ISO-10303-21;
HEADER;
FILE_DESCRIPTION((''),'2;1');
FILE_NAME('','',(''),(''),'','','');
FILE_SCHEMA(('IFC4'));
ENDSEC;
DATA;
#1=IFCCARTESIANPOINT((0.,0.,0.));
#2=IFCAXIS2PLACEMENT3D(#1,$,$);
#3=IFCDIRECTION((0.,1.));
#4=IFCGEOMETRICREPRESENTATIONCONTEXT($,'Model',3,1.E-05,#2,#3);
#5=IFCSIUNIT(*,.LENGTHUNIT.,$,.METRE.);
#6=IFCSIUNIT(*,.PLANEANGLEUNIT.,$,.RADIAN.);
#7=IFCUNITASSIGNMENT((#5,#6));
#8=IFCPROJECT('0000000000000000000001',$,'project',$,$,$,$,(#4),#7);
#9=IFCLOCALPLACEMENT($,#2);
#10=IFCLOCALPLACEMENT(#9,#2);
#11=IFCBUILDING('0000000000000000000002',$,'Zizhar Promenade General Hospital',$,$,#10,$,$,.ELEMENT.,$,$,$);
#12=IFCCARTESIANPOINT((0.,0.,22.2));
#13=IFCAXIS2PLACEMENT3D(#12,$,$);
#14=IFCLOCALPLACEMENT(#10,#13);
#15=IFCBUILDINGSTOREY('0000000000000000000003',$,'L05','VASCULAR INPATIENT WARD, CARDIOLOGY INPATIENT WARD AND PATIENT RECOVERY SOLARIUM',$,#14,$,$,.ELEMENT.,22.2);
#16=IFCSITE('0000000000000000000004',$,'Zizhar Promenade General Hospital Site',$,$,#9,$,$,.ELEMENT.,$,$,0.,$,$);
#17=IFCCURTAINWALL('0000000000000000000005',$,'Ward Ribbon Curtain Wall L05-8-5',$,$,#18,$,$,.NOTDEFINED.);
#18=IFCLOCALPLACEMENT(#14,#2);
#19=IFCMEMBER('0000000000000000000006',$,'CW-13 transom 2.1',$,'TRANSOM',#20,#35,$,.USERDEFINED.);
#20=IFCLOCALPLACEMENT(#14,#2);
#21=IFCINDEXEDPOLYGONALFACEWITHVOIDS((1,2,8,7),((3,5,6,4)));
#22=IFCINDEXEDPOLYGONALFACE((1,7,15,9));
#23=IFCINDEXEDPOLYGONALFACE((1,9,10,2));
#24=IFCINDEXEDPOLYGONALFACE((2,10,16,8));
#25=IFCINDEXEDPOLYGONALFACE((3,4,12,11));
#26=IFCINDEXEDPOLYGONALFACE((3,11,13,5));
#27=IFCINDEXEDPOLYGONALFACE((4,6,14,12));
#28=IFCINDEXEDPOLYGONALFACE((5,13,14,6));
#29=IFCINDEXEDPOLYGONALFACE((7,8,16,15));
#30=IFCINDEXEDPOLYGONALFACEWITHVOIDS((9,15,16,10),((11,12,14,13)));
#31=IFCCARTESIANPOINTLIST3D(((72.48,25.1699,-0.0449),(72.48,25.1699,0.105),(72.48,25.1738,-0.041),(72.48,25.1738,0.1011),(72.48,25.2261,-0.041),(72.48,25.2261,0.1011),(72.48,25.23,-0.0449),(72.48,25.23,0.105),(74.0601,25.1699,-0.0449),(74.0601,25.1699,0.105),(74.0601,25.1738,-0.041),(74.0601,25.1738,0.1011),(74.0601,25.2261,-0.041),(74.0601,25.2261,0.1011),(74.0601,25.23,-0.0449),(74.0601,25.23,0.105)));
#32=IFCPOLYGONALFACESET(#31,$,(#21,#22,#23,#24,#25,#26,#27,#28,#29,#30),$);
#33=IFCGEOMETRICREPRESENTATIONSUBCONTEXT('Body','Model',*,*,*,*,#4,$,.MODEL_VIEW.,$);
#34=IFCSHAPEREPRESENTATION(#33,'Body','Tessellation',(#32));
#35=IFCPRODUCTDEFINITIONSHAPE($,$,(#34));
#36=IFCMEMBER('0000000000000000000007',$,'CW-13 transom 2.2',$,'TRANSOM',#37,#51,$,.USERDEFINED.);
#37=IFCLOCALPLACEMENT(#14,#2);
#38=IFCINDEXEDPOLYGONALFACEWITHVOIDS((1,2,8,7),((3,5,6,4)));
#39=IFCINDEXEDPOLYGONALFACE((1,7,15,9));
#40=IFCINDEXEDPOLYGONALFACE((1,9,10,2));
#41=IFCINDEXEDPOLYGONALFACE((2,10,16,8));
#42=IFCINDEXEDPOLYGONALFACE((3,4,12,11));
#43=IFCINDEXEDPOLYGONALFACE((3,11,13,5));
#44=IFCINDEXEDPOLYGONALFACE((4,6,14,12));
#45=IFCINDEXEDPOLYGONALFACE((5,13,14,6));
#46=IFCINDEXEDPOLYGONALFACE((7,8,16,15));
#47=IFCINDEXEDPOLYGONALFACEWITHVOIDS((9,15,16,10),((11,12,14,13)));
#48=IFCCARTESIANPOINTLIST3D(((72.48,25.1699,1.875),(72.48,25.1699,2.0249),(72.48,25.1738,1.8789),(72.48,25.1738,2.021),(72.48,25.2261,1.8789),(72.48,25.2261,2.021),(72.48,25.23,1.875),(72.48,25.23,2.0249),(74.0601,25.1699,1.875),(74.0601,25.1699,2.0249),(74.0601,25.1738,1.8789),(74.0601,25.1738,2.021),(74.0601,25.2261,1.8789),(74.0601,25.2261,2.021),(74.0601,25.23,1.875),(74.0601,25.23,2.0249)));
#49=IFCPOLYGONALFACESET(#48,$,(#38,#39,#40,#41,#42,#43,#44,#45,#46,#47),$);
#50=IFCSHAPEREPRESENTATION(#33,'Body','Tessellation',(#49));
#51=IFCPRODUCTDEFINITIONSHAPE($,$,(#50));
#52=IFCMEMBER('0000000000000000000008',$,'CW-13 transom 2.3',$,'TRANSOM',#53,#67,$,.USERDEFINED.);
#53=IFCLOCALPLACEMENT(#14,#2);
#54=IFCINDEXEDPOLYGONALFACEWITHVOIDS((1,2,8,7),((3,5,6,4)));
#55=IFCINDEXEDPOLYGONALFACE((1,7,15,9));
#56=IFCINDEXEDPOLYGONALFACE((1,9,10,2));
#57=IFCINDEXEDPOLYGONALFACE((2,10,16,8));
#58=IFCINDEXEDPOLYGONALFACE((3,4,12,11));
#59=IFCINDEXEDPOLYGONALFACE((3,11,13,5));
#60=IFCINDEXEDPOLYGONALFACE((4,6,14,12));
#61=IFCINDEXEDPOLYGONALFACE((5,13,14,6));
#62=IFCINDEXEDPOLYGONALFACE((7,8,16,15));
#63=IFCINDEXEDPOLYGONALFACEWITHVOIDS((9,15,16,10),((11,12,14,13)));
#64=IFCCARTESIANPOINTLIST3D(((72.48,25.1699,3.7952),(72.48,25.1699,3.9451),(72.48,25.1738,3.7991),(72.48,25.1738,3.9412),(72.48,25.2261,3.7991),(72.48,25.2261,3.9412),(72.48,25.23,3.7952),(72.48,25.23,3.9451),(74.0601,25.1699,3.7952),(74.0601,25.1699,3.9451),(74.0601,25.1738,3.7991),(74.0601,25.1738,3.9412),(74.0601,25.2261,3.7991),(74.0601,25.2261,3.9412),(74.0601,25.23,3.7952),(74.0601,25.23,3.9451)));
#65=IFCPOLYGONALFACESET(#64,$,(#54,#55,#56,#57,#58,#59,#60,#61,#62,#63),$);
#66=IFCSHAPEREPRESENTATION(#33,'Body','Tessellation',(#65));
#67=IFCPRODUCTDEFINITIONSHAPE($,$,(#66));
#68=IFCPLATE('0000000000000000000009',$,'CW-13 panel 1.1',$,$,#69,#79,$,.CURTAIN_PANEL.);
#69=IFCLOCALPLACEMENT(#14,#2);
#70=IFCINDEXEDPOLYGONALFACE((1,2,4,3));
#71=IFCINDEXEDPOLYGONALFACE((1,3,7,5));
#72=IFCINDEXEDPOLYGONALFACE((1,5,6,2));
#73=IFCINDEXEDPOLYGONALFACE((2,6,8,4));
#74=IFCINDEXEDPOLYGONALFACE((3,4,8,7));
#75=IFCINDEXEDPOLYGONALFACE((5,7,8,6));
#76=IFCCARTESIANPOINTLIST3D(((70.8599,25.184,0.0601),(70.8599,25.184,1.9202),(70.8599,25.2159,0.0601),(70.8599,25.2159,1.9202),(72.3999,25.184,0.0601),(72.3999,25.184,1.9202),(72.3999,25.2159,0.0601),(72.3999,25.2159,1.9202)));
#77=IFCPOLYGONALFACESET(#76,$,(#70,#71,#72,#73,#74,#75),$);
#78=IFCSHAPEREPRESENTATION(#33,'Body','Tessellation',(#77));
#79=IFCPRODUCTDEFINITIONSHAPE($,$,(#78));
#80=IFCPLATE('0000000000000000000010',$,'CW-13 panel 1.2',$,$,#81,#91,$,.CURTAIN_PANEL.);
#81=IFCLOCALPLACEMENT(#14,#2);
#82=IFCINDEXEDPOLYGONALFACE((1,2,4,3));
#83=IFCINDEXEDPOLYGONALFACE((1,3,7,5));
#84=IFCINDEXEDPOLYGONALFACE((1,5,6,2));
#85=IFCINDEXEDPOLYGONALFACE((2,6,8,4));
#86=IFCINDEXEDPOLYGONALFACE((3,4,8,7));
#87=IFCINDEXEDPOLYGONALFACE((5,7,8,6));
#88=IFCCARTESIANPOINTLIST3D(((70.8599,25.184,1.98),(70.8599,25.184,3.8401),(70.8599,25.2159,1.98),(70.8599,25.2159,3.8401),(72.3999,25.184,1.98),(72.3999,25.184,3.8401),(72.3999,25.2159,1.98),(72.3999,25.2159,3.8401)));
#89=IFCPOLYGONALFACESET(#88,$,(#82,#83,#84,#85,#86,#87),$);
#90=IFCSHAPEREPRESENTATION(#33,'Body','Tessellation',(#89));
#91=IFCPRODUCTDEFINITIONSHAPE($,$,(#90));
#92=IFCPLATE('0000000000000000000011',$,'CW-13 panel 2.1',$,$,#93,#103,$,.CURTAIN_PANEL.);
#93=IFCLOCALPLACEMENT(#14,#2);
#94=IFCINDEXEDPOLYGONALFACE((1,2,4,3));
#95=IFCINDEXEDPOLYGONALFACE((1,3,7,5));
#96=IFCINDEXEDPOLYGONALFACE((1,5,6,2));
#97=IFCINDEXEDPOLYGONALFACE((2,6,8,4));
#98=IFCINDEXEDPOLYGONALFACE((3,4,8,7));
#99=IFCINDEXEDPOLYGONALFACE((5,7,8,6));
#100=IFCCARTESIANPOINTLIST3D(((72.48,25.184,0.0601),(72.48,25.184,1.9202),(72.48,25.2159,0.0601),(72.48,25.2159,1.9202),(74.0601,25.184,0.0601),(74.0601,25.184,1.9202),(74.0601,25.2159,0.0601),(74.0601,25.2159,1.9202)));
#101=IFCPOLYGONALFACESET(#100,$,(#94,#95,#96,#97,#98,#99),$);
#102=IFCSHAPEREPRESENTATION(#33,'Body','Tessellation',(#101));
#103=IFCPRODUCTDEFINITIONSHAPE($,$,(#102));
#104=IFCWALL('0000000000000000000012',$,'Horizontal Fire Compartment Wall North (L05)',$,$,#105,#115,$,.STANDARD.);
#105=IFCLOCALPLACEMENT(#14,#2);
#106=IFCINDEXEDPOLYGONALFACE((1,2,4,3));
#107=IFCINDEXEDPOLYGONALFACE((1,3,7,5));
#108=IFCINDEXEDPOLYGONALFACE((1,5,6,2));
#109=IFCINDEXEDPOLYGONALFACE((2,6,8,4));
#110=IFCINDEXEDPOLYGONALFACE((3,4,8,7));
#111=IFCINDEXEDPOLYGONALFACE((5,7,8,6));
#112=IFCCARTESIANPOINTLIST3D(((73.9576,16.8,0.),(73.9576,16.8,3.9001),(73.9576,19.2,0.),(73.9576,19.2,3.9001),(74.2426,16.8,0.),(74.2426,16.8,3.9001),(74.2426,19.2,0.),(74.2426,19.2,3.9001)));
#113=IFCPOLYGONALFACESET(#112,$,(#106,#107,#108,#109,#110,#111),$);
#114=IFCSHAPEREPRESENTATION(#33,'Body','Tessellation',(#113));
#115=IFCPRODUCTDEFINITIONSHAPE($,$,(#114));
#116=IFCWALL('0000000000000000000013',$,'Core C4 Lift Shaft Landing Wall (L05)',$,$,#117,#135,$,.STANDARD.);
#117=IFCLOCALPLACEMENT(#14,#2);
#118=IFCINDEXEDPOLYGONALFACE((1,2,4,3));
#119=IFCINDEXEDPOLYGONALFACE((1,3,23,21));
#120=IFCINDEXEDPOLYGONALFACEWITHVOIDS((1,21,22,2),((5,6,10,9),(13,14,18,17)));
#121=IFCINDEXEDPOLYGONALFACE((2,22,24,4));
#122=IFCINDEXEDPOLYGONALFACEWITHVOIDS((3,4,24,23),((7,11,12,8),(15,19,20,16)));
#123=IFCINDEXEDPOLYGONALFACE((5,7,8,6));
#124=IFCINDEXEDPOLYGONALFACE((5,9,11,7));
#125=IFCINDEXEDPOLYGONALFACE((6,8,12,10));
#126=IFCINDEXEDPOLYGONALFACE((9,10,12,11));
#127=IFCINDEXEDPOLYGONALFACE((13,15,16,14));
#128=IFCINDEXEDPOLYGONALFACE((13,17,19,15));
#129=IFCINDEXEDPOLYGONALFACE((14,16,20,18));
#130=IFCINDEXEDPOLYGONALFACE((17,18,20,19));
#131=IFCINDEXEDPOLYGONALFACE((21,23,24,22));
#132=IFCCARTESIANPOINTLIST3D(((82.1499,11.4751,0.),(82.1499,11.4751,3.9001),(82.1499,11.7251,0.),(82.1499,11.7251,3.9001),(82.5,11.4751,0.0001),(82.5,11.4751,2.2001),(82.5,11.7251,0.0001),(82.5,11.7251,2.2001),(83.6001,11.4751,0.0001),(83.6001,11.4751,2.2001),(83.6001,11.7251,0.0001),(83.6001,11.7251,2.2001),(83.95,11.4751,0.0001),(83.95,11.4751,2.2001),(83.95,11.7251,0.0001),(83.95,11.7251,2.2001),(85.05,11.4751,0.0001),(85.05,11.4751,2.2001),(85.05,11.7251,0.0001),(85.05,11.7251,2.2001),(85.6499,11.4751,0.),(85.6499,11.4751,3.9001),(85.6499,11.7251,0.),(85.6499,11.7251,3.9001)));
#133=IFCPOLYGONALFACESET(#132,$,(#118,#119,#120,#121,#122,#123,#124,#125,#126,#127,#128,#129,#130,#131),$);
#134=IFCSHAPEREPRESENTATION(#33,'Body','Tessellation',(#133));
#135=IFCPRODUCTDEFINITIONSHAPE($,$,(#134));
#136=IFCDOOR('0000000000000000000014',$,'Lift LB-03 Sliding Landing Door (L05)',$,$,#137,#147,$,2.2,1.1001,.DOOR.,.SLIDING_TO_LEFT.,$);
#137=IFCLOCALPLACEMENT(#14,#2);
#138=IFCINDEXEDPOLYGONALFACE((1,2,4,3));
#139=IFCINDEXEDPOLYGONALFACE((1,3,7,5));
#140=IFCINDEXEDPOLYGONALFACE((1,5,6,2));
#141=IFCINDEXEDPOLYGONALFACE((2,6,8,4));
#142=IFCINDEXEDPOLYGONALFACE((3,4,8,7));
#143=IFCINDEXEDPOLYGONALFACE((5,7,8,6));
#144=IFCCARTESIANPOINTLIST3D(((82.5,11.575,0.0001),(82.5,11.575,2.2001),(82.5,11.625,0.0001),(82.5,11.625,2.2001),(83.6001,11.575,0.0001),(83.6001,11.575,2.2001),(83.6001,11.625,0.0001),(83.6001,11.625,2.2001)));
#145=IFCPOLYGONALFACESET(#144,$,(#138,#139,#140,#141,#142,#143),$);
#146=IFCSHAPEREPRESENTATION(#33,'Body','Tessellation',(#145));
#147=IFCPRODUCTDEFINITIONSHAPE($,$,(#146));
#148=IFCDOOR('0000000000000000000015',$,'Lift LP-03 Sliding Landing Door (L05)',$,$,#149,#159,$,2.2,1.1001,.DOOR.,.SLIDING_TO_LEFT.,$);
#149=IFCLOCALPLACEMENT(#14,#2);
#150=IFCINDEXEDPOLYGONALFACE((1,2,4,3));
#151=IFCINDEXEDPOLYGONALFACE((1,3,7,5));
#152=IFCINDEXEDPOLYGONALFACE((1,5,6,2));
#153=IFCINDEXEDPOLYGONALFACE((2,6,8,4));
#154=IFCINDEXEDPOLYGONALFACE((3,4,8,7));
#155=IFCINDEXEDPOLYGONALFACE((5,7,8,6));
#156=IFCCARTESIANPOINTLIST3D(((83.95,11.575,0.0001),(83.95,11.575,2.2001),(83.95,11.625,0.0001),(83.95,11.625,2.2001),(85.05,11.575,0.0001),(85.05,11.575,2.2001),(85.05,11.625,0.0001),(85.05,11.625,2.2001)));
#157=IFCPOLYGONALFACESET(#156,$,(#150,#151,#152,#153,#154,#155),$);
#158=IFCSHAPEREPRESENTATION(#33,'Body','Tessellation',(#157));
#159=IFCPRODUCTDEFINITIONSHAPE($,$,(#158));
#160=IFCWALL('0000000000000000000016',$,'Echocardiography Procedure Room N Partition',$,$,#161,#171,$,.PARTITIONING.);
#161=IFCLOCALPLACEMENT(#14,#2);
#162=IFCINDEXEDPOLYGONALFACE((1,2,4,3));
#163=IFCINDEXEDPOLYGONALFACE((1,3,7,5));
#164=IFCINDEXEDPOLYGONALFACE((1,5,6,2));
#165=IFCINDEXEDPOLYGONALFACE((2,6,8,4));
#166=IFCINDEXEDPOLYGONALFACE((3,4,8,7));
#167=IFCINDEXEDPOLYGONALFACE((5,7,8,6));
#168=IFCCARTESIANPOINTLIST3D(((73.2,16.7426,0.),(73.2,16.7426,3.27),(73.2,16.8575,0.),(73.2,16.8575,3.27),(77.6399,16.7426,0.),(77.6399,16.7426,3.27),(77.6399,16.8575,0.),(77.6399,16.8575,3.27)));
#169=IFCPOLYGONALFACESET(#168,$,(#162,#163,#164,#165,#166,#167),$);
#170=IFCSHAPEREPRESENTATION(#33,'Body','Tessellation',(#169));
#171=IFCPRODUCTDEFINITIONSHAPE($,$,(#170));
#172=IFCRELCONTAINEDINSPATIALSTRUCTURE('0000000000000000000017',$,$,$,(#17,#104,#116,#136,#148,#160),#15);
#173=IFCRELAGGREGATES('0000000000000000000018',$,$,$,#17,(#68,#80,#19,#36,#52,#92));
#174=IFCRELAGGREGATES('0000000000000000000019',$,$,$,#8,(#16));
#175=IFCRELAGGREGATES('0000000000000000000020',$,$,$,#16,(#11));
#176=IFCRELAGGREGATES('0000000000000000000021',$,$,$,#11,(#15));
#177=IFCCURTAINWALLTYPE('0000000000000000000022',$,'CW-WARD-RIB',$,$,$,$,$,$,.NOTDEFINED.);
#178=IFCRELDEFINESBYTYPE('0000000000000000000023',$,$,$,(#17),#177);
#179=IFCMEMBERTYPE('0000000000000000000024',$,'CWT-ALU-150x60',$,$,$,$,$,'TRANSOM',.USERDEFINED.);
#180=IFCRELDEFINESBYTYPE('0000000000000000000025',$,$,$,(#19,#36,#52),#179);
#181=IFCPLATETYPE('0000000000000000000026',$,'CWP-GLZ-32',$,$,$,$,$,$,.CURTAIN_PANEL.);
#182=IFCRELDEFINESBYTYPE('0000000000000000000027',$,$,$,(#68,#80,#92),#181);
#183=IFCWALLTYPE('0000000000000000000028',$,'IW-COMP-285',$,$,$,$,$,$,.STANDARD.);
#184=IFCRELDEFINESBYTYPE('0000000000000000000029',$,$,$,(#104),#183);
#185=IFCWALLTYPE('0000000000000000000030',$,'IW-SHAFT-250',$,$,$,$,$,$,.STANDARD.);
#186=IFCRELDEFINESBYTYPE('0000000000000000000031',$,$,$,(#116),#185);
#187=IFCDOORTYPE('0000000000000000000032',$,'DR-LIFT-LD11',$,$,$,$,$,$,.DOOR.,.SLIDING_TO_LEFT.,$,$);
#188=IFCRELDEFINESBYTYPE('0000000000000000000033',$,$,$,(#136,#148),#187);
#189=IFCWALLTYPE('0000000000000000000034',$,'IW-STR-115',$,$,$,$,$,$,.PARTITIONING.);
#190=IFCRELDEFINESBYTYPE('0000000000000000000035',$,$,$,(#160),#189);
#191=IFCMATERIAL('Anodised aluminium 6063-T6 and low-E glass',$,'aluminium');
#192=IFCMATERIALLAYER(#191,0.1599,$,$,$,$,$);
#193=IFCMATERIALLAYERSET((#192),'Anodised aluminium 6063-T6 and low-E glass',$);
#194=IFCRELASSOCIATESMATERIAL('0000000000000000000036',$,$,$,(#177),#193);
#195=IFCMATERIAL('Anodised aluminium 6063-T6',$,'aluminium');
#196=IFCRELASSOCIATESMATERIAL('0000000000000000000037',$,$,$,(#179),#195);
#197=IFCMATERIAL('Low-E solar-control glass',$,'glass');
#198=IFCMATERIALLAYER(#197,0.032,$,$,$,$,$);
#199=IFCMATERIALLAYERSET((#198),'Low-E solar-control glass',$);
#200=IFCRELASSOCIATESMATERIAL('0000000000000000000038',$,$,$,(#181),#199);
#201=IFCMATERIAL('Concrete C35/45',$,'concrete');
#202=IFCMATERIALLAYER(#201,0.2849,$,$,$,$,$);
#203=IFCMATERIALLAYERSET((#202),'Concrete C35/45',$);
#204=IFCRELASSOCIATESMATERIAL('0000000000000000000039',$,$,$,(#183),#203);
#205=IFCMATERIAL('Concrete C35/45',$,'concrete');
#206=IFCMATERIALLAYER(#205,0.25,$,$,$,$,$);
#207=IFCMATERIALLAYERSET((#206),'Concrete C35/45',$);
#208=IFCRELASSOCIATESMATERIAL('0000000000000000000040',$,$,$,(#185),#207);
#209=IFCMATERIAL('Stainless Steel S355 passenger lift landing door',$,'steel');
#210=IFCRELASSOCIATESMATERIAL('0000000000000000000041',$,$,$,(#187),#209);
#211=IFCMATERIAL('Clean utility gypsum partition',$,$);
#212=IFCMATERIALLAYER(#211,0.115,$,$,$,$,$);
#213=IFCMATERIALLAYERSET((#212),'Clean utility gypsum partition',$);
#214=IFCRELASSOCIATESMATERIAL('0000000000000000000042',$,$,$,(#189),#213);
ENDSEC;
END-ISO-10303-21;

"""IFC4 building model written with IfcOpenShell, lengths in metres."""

from ifc_helpers import new_model, si_unit, direction, frame, frame_2d, origin, origin_2d, place, context, subcontext, project, spatial, rectangle, hollow_rectangle, extrude, material, layer, layer_set, material_profile, profile_set, type_object, element, fill, aggregate, save


model = new_model("IFC4")

# Units and contexts
model_context = context("Model", 3, precision=1e-05, world=origin(), true_north=direction((0.0, 1.0)))
body_context = subcontext(model_context, "Body", "Model", "MODEL_VIEW")
ifc_project = project(units=[si_unit("LENGTHUNIT", "METRE"), si_unit("PLANEANGLEUNIT", "RADIAN")], contexts=[model_context])

# Site, building, storey
site_placement = place(None, origin())
site = spatial("IfcSite", under=ifc_project, at=site_placement, Name="Zizhar Promenade General Hospital Site", CompositionType="ELEMENT", RefElevation=0.0)
building_placement = place(site_placement, origin())
building = spatial("IfcBuilding", under=site, at=building_placement, Name="Zizhar Promenade General Hospital", CompositionType="ELEMENT")
storey_placement = place(building_placement, frame((0.0, 0.0, 22.2)))
storey = spatial("IfcBuildingStorey", under=building, at=storey_placement, Name="L05", Description="VASCULAR INPATIENT WARD, CARDIOLOGY INPATIENT WARD AND PATIENT RECOVERY SOLARIUM", CompositionType="ELEMENT", Elevation=22.2)

# Curtain wall, members, plates
ifc_material_1 = material(Name="Anodised aluminium 6063-T6 and low-E glass", Category="aluminium")
ifc_layer_1 = layer(ifc_material_1, 0.1599)
ifc_layer_set_1 = layer_set([ifc_layer_1], Name="Anodised aluminium 6063-T6 and low-E glass")
curtain_wall_type = type_object("IfcCurtainWallType", Name="CW-WARD-RIB", PredefinedType="NOTDEFINED", material=ifc_layer_set_1)
curtain_wall_placement = place(storey_placement, origin())
curtain_wall = element("IfcCurtainWall", 1, at=curtain_wall_placement, inside=storey, type_object=curtain_wall_type, Name="Ward Ribbon Curtain Wall L05-8-5", PredefinedType="NOTDEFINED")
ifc_material_2 = material(Name="Anodised aluminium 6063-T6", Category="aluminium")
ifc_material_profile_1 = material_profile(ifc_material_2, hollow_rectangle(XDim=0.0601, YDim=0.1499, WallThickness=0.0039, at=origin_2d()))
ifc_profile_set_1 = profile_set([ifc_material_profile_1], Name="Anodised aluminium 6063-T6")
member_type_1 = type_object("IfcMemberType", Name="CWT-ALU-150x60", ElementType="TRANSOM", PredefinedType="USERDEFINED", material=ifc_profile_set_1)
member_1_placement = place(storey_placement, frame((72.48, 25.2, 0.03), z_axis=(1.0, 0.0, 0.0), x_axis=(0.0, 1.0, 0.0)))
member_1 = element("IfcMember", 2, at=member_1_placement, type_object=member_type_1, Name="CW-13 transom 2.1", ObjectType="TRANSOM", PredefinedType="USERDEFINED", context=body_context, shape_type="SweptSolid", body=[
    extrude(hollow_rectangle(XDim=0.0601, YDim=0.1499, WallThickness=0.0039, at=origin_2d()), origin(), (0.0, 0.0, 1.0), 1.5801),
])
member_2_placement = place(storey_placement, frame((72.48, 25.2, 1.95), z_axis=(1.0, 0.0, 0.0), x_axis=(0.0, 1.0, 0.0)))
member_2 = element("IfcMember", 3, at=member_2_placement, type_object=member_type_1, Name="CW-13 transom 2.2", ObjectType="TRANSOM", PredefinedType="USERDEFINED", context=body_context, shape_type="SweptSolid", body=[
    extrude(hollow_rectangle(XDim=0.0601, YDim=0.1499, WallThickness=0.0039, at=origin_2d()), origin(), (0.0, 0.0, 1.0), 1.5801),
])
member_3_placement = place(storey_placement, frame((72.48, 25.2, 3.8701), z_axis=(1.0, 0.0, 0.0), x_axis=(0.0, 1.0, 0.0)))
member_3 = element("IfcMember", 4, at=member_3_placement, type_object=member_type_1, Name="CW-13 transom 2.3", ObjectType="TRANSOM", PredefinedType="USERDEFINED", context=body_context, shape_type="SweptSolid", body=[
    extrude(hollow_rectangle(XDim=0.0601, YDim=0.1499, WallThickness=0.0039, at=origin_2d()), origin(), (0.0, 0.0, 1.0), 1.5801),
])
ifc_material_3 = material(Name="Low-E solar-control glass", Category="glass")
ifc_layer_2 = layer(ifc_material_3, 0.032)
ifc_layer_set_2 = layer_set([ifc_layer_2], Name="Low-E solar-control glass")
plate_type = type_object("IfcPlateType", Name="CWP-GLZ-32", PredefinedType="CURTAIN_PANEL", material=ifc_layer_set_2)
plate_1_placement = place(storey_placement, frame((71.6299, 25.2, 0.0601), z_axis=(0.0, 0.0, 1.0), x_axis=(1.0, 0.0, 0.0)))
plate_1 = element("IfcPlate", 5, at=plate_1_placement, type_object=plate_type, Name="CW-13 panel 1.1", PredefinedType="CURTAIN_PANEL", context=body_context, shape_type="SweptSolid", body=[
    extrude(rectangle(XDim=1.54, YDim=0.032, at=origin_2d()), origin(), (0.0, 0.0, 1.0), 1.8601),
])
plate_2_placement = place(storey_placement, frame((71.6299, 25.2, 1.98), z_axis=(0.0, 0.0, 1.0), x_axis=(1.0, 0.0, 0.0)))
plate_2 = element("IfcPlate", 6, at=plate_2_placement, type_object=plate_type, Name="CW-13 panel 1.2", PredefinedType="CURTAIN_PANEL", context=body_context, shape_type="SweptSolid", body=[
    extrude(rectangle(XDim=1.54, YDim=0.032, at=origin_2d()), origin(), (0.0, 0.0, 1.0), 1.8601),
])
plate_3_placement = place(storey_placement, frame((73.27, 25.2, 0.0601), z_axis=(0.0, 0.0, 1.0), x_axis=(1.0, 0.0, 0.0)))
plate_3 = element("IfcPlate", 7, at=plate_3_placement, type_object=plate_type, Name="CW-13 panel 2.1", PredefinedType="CURTAIN_PANEL", context=body_context, shape_type="SweptSolid", body=[
    extrude(rectangle(XDim=1.5801, YDim=0.032, at=origin_2d()), origin(), (0.0, 0.0, 1.0), 1.8601),
])
aggregate(curtain_wall, [plate_1, plate_2, member_1, member_2, member_3, plate_3])

# Wall
ifc_material_4 = material(Name="Concrete C35/45", Category="concrete")
ifc_layer_3 = layer(ifc_material_4, 0.2849)
ifc_layer_set_3 = layer_set([ifc_layer_3], Name="Concrete C35/45")
wall_type_1 = type_object("IfcWallType", Name="IW-COMP-285", PredefinedType="STANDARD", material=ifc_layer_set_3)
wall_1_placement = place(storey_placement, frame((74.1001, 16.8, 0.0), z_axis=(0.0, 0.0, 1.0), x_axis=(0.0, 1.0, 0.0)))
element("IfcWall", 8, at=wall_1_placement, inside=storey, type_object=wall_type_1, Name="Horizontal Fire Compartment Wall North (L05)", PredefinedType="STANDARD", context=body_context, shape_type="SweptSolid", body=[
    extrude(rectangle(XDim=2.3999, YDim=0.2849, at=frame_2d((1.2, 0.0))), origin(), (0.0, 0.0, 1.0), 3.9001),
])

# Wall, openings, doors
ifc_material_5 = material(Name="Concrete C35/45", Category="concrete")
ifc_layer_4 = layer(ifc_material_5, 0.25)
ifc_layer_set_4 = layer_set([ifc_layer_4], Name="Concrete C35/45")
wall_type_2 = type_object("IfcWallType", Name="IW-SHAFT-250", PredefinedType="STANDARD", material=ifc_layer_set_4)
wall_2_placement = place(storey_placement, frame((82.1499, 11.6001, 0.0), z_axis=(0.0, 0.0, 1.0), x_axis=(1.0, 0.0, 0.0)))
wall_2 = element("IfcWall", 9, at=wall_2_placement, inside=storey, type_object=wall_type_2, Name="Core C4 Lift Shaft Landing Wall (L05)", PredefinedType="STANDARD", context=body_context, shape_type="SweptSolid", body=[
    extrude(rectangle(XDim=3.5, YDim=0.25, at=frame_2d((1.75, 0.0))), origin(), (0.0, 0.0, 1.0), 3.9001),
])
opening_1_placement = place(wall_2_placement, frame((0.3501, 0.0, 0.0)))
opening_1 = element("IfcOpeningElement", 10, at=opening_1_placement, cuts=wall_2, PredefinedType="OPENING", context=body_context, shape_type="SweptSolid", body=[
    extrude(rectangle(XDim=1.1001, YDim=2.2, at=frame_2d((0.55, 1.1001))), frame((0.0, 0.135, 0.0), z_axis=(0.0, -1.0, 0.0), x_axis=(1.0, 0.0, 0.0)), (0.0, 0.0, 1.0), 0.27),
])
opening_2_placement = place(wall_2_placement, frame((1.8, 0.0, 0.0)))
opening_2 = element("IfcOpeningElement", 11, at=opening_2_placement, cuts=wall_2, PredefinedType="OPENING", context=body_context, shape_type="SweptSolid", body=[
    extrude(rectangle(XDim=1.1001, YDim=2.2, at=frame_2d((0.55, 1.1001))), frame((0.0, 0.135, 0.0), z_axis=(0.0, -1.0, 0.0), x_axis=(1.0, 0.0, 0.0)), (0.0, 0.0, 1.0), 0.27),
])
ifc_material_6 = material(Name="Stainless Steel S355 passenger lift landing door", Category="steel")
door_type_1 = type_object("IfcDoorType", Name="DR-LIFT-LD11", OperationType="SLIDING_TO_LEFT", PredefinedType="DOOR", material=ifc_material_6)
door_1_placement = place(opening_1_placement, origin())
door_1 = element("IfcDoor", 12, at=door_1_placement, inside=storey, type_object=door_type_1, Name="Lift LB-03 Sliding Landing Door (L05)", OperationType="SLIDING_TO_LEFT", OverallHeight=2.2, OverallWidth=1.1001, PredefinedType="DOOR", context=body_context, shape_type="SweptSolid", body=[
    extrude(rectangle(XDim=1.1001, YDim=2.2, at=frame_2d((0.55, 1.1001))), frame((0.0, 0.0249, 0.0), z_axis=(0.0, -1.0, 0.0), x_axis=(1.0, 0.0, 0.0)), (0.0, 0.0, 1.0), 0.05),
])
fill(opening_1, door_1)
door_2_placement = place(opening_2_placement, origin())
door_2 = element("IfcDoor", 13, at=door_2_placement, inside=storey, type_object=door_type_1, Name="Lift LP-03 Sliding Landing Door (L05)", OperationType="SLIDING_TO_LEFT", OverallHeight=2.2, OverallWidth=1.1001, PredefinedType="DOOR", context=body_context, shape_type="SweptSolid", body=[
    extrude(rectangle(XDim=1.1001, YDim=2.2, at=frame_2d((0.55, 1.1001))), frame((0.0, 0.0249, 0.0), z_axis=(0.0, -1.0, 0.0), x_axis=(1.0, 0.0, 0.0)), (0.0, 0.0, 1.0), 0.05),
])
fill(opening_2, door_2)

# Wall
ifc_material_7 = material(Name="Clean utility gypsum partition")
ifc_layer_5 = layer(ifc_material_7, 0.115)
ifc_layer_set_5 = layer_set([ifc_layer_5], Name="Clean utility gypsum partition")
wall_type_3 = type_object("IfcWallType", Name="IW-STR-115", PredefinedType="PARTITIONING", material=ifc_layer_set_5)
wall_3_placement = place(storey_placement, frame((73.2, 16.8, 0.0), z_axis=(0.0, 0.0, 1.0), x_axis=(1.0, 0.0, 0.0)))
element("IfcWall", 14, at=wall_3_placement, inside=storey, type_object=wall_type_3, Name="Echocardiography Procedure Room N Partition", PredefinedType="PARTITIONING", context=body_context, shape_type="SweptSolid", body=[
    extrude(rectangle(XDim=4.4399, YDim=0.115, at=frame_2d((2.22, 0.0))), origin(), (0.0, 0.0, 1.0), 3.27),
])

save(model, "model.ifc")
